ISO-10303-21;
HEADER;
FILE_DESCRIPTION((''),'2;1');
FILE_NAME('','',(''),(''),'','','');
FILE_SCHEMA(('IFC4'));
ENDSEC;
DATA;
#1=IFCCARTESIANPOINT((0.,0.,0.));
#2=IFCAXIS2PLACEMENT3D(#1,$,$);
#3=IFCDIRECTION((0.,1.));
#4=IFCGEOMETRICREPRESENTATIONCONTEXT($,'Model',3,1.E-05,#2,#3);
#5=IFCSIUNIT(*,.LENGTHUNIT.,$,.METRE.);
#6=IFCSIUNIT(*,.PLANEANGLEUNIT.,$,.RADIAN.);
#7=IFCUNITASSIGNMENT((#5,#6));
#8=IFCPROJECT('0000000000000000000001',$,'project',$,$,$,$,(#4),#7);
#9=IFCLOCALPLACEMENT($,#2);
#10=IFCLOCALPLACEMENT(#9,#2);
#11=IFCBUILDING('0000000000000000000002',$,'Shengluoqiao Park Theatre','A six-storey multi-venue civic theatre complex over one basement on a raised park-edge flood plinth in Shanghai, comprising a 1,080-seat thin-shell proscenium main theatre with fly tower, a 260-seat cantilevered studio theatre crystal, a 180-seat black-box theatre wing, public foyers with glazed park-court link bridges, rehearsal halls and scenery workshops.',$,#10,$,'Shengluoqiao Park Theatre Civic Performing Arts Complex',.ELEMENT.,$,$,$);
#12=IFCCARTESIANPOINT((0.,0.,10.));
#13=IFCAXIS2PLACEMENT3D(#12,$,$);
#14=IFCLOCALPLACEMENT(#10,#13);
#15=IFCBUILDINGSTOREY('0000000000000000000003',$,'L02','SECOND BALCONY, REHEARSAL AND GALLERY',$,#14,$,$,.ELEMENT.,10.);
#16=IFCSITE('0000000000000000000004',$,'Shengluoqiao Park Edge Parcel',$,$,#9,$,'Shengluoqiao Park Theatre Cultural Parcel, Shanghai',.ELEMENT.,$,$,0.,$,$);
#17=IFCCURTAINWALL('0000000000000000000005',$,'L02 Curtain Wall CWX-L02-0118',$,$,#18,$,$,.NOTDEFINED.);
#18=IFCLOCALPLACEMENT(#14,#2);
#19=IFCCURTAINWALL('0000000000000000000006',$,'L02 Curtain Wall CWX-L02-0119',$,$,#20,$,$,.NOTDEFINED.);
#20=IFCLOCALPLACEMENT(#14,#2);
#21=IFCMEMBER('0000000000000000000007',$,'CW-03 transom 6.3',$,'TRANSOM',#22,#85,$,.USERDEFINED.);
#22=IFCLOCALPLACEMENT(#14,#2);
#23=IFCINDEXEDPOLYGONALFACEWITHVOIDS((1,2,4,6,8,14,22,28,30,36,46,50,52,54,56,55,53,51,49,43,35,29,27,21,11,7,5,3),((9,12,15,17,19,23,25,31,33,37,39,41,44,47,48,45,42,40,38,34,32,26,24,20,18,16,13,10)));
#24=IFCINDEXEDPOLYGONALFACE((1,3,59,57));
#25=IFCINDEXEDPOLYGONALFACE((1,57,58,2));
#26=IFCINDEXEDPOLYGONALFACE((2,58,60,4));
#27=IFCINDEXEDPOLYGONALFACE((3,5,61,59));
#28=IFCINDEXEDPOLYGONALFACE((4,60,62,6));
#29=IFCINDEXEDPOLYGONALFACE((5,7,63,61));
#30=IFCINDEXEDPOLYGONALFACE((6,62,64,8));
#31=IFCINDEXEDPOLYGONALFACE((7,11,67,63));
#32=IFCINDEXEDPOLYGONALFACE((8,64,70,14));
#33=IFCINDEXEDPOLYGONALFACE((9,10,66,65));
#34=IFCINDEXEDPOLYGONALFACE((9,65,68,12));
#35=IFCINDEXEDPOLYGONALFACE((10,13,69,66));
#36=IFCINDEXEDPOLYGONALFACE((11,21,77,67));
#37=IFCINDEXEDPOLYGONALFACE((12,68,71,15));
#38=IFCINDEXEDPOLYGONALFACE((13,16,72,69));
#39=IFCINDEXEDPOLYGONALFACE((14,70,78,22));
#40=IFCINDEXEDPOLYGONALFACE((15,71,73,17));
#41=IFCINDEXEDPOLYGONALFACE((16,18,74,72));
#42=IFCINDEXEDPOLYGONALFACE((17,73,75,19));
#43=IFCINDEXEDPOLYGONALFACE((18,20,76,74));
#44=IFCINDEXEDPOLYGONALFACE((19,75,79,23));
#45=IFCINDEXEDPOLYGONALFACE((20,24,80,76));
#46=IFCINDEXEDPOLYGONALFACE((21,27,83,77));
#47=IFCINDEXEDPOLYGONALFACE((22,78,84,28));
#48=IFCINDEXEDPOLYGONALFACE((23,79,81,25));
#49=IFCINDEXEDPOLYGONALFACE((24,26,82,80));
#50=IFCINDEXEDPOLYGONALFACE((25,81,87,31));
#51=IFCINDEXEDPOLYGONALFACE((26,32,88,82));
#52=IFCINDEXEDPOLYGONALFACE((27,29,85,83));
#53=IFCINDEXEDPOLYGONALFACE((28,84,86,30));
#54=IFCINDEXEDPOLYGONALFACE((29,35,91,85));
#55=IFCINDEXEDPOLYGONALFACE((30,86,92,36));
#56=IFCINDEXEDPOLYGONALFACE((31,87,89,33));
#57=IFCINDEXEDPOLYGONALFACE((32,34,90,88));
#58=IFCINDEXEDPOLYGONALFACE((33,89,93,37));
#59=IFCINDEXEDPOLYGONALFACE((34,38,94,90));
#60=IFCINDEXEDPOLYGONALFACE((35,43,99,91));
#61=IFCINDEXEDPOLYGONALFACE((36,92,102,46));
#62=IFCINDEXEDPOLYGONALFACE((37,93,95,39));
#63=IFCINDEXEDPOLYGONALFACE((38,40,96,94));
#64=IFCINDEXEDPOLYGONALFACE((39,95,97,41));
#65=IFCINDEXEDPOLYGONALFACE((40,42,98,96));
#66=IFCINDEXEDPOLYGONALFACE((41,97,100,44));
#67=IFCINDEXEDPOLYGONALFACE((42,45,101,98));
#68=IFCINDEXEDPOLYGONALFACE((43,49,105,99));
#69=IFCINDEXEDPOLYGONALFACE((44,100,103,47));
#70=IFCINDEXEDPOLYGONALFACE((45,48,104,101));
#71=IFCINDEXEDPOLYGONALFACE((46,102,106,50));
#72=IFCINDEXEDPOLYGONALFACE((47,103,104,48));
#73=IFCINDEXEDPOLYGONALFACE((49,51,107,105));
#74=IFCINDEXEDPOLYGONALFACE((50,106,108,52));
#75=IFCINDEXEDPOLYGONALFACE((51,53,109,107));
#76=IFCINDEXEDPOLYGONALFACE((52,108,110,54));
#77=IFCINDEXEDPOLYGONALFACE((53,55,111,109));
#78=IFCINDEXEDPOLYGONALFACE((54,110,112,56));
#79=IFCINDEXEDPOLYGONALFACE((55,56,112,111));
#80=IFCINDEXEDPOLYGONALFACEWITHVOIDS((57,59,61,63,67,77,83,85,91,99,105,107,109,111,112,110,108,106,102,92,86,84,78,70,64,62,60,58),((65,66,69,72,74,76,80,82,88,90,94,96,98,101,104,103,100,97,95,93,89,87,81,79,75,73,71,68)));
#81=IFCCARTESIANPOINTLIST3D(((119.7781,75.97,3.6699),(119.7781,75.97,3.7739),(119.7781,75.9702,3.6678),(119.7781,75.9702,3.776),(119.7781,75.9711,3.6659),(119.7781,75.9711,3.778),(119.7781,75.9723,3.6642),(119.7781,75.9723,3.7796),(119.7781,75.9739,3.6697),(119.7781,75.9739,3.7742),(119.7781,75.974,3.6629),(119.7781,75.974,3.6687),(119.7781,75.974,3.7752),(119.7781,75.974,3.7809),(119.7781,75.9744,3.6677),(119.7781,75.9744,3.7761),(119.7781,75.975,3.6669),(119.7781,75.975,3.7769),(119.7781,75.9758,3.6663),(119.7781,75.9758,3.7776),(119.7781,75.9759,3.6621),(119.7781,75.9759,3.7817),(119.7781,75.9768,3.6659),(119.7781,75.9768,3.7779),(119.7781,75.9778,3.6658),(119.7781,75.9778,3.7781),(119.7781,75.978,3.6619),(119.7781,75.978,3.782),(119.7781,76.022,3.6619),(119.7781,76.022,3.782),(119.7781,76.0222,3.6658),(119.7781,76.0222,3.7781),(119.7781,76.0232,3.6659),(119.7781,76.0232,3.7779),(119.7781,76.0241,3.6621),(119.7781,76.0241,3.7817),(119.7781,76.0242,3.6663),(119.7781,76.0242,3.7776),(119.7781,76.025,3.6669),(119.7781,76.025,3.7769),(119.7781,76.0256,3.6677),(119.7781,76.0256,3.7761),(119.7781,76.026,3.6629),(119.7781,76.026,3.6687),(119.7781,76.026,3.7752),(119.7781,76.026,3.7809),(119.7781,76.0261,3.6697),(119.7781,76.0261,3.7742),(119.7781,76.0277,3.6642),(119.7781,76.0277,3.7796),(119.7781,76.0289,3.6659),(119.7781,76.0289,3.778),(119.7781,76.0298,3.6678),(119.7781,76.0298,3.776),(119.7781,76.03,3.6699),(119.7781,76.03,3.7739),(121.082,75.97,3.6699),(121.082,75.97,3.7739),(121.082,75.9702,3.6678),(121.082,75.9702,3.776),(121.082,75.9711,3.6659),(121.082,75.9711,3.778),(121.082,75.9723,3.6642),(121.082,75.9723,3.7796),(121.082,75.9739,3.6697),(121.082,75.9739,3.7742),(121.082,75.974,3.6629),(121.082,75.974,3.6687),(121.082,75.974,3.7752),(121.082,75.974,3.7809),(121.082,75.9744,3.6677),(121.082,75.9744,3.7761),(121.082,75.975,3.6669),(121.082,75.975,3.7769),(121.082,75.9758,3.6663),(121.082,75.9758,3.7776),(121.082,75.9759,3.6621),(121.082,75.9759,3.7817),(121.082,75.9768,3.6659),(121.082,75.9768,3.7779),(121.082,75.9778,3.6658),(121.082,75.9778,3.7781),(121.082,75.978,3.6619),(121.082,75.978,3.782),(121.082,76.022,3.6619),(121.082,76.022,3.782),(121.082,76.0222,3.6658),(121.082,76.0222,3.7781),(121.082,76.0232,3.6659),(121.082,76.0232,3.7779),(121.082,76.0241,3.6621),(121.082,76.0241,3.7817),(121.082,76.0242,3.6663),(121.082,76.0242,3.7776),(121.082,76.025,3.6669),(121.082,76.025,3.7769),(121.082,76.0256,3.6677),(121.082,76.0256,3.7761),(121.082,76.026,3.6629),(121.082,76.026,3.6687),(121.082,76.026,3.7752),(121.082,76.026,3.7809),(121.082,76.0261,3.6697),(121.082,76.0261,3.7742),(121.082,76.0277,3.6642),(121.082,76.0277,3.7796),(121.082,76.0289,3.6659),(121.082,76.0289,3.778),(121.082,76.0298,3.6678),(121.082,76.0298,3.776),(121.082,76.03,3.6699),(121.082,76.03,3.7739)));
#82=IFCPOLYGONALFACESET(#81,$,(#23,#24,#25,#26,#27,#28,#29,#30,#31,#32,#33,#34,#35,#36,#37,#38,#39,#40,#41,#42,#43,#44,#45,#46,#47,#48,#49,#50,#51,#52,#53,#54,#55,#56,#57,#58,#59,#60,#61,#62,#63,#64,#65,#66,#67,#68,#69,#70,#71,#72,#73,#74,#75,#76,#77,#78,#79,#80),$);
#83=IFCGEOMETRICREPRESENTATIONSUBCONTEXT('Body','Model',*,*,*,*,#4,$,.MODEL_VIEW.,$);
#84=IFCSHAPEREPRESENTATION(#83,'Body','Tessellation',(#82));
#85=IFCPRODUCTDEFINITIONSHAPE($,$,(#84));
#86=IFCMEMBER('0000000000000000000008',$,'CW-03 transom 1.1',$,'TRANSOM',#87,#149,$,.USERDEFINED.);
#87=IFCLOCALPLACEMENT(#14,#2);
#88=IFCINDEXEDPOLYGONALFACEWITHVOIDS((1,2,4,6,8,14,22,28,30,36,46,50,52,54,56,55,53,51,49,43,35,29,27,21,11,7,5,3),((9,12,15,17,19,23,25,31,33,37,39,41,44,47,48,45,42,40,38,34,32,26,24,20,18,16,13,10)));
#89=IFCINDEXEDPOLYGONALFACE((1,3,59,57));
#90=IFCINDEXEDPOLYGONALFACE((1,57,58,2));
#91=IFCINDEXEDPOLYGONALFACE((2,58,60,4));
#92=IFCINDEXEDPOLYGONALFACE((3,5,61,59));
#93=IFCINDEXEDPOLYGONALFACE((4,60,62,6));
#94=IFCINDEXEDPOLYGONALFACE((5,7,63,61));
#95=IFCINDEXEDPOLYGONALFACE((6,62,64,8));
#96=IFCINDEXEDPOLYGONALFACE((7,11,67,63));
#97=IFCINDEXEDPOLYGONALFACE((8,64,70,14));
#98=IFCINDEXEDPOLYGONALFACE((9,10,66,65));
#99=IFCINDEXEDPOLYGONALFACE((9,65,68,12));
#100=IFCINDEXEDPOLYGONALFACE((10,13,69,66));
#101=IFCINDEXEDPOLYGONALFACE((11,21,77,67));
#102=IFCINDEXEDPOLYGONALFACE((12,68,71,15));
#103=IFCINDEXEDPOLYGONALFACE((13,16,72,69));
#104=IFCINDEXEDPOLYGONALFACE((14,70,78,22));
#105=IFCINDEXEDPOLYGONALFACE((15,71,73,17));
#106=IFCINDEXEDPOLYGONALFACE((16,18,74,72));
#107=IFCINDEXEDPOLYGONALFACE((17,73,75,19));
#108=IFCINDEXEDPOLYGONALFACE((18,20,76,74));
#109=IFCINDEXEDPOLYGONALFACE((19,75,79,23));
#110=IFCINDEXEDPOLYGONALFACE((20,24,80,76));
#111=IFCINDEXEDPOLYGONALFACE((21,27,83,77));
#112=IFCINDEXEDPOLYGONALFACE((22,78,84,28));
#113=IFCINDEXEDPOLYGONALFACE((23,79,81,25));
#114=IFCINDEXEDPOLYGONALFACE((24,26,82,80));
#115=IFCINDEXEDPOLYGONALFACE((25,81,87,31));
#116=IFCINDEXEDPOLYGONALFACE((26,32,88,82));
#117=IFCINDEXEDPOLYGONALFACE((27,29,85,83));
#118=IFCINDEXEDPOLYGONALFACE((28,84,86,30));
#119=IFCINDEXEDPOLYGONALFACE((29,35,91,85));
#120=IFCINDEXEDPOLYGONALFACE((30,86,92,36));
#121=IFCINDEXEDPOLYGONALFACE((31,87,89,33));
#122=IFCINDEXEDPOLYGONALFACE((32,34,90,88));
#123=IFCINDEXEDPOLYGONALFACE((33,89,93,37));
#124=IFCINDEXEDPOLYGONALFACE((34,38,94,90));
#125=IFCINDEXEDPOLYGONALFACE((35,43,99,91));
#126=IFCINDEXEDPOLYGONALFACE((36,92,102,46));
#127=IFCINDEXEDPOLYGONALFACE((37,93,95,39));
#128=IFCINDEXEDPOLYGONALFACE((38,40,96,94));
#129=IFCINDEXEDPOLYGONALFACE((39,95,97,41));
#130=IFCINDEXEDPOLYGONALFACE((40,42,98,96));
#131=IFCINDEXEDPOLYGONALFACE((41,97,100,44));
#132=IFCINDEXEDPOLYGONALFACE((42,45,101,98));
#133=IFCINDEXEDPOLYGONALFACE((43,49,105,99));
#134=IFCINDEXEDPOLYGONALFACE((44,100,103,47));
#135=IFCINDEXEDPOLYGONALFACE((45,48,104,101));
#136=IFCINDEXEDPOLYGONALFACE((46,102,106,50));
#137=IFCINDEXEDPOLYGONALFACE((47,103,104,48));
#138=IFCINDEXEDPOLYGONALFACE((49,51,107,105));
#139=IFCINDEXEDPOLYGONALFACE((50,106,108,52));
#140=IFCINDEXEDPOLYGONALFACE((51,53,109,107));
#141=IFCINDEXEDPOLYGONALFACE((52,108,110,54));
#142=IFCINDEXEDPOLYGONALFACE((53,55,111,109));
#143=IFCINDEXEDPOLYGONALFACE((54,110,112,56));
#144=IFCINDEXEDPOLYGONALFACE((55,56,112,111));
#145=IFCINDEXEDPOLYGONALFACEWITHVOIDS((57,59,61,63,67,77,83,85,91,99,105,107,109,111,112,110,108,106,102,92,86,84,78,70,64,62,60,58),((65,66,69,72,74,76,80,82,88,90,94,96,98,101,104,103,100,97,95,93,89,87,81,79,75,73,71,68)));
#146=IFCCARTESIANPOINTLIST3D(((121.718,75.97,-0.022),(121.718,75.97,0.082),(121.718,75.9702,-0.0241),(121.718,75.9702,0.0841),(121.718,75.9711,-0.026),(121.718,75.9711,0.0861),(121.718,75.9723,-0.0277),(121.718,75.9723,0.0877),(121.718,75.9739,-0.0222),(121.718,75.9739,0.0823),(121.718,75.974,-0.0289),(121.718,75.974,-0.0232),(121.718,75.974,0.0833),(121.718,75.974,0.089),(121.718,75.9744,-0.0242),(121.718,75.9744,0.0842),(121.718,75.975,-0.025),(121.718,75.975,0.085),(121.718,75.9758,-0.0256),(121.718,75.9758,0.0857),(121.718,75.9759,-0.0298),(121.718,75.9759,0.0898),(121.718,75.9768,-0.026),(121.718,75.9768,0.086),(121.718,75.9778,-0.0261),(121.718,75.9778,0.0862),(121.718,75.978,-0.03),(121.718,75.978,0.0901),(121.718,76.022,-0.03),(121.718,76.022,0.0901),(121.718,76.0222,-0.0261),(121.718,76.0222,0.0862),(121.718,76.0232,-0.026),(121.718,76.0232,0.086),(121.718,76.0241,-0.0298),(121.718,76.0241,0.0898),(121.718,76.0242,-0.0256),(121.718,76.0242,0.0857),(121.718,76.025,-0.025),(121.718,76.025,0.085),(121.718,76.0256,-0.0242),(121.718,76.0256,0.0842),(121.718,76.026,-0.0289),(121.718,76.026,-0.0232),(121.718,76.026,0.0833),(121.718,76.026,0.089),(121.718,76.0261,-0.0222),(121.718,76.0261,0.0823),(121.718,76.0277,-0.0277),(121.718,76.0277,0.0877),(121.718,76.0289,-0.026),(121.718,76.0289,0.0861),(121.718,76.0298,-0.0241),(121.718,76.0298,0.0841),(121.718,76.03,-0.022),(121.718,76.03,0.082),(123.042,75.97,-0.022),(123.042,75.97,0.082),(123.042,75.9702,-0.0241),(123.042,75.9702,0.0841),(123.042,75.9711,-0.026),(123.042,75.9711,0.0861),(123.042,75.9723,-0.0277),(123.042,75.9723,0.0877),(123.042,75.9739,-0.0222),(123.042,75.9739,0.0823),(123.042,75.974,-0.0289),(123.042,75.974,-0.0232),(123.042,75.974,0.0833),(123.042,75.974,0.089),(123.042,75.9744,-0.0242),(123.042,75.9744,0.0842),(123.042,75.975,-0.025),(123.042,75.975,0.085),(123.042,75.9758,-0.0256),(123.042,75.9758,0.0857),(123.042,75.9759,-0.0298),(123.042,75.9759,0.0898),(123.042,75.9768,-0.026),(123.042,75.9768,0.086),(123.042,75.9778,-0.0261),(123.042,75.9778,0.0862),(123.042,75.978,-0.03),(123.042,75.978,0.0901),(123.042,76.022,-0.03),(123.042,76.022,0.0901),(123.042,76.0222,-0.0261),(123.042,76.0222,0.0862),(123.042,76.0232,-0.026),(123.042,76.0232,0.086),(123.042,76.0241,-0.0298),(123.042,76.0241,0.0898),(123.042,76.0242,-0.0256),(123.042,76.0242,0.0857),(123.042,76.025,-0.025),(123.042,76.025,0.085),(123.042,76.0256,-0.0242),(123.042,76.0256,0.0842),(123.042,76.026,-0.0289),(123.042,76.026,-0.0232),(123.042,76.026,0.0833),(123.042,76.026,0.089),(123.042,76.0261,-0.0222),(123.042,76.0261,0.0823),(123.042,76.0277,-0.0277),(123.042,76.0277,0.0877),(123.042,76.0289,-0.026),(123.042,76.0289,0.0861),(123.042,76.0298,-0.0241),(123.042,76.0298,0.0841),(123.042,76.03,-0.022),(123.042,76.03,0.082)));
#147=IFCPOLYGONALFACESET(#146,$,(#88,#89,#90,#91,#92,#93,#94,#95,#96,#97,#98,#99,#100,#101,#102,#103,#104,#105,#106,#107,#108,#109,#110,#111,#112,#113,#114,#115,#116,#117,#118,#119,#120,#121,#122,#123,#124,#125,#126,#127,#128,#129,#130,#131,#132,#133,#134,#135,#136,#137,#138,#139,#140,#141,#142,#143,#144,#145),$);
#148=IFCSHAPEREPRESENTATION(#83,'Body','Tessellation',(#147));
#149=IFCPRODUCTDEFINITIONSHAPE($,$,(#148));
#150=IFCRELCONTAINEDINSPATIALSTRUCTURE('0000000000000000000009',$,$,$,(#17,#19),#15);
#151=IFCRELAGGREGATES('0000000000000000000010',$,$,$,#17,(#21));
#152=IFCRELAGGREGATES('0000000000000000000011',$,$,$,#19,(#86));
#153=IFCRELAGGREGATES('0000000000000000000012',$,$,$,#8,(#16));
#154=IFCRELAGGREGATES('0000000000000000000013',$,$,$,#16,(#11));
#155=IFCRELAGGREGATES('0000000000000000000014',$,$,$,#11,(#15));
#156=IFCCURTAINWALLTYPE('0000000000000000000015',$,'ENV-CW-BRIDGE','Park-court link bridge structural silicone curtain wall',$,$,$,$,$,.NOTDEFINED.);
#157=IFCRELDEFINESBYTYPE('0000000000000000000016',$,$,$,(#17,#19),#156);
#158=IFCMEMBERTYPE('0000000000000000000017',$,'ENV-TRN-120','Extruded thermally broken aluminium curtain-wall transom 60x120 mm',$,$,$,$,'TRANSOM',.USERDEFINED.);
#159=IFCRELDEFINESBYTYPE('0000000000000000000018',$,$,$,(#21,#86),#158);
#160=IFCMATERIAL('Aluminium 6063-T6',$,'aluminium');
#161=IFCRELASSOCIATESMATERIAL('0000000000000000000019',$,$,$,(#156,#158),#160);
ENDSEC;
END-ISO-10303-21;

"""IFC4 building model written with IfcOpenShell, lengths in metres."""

from ifc_helpers import new_model, si_unit, direction, frame, origin, origin_2d, place, context, subcontext, project, spatial, hollow_rectangle, extrude, material, material_profile, profile_set, type_object, element, aggregate, save


model = new_model("IFC4")

# Units and contexts
model_context = context("Model", 3, precision=1e-05, world=origin(), true_north=direction((0.0, 1.0)))
body_context = subcontext(model_context, "Body", "Model", "MODEL_VIEW")
ifc_project = project(units=[si_unit("LENGTHUNIT", "METRE"), si_unit("PLANEANGLEUNIT", "RADIAN")], contexts=[model_context])

# Site, building, storey
site_placement = place(None, origin())
site = spatial("IfcSite", under=ifc_project, at=site_placement, Name="Shengluoqiao Park Edge Parcel", LongName="Shengluoqiao Park Theatre Cultural Parcel, Shanghai", CompositionType="ELEMENT", RefElevation=0.0)
building_placement = place(site_placement, origin())
building = spatial("IfcBuilding", under=site, at=building_placement, Name="Shengluoqiao Park Theatre", Description="A six-storey multi-venue civic theatre complex over one basement on a raised park-edge flood plinth in Shanghai, comprising a 1,080-seat thin-shell proscenium main theatre with fly tower, a 260-seat cantilevered studio theatre crystal, a 180-seat black-box theatre wing, public foyers with glazed park-court link bridges, rehearsal halls and scenery workshops.", LongName="Shengluoqiao Park Theatre Civic Performing Arts Complex", CompositionType="ELEMENT")
storey_placement = place(building_placement, frame((0.0, 0.0, 10.0)))
storey = spatial("IfcBuildingStorey", under=building, at=storey_placement, Name="L02", Description="SECOND BALCONY, REHEARSAL AND GALLERY", CompositionType="ELEMENT", Elevation=10.0)

# Curtain wall
ifc_material_1 = material(Name="Aluminium 6063-T6", Category="aluminium")
curtain_wall_type = type_object("IfcCurtainWallType", Name="ENV-CW-BRIDGE", Description="Park-court link bridge structural silicone curtain wall", PredefinedType="NOTDEFINED", material=ifc_material_1)
curtain_wall_1_placement = place(storey_placement, origin())
curtain_wall_1 = element("IfcCurtainWall", 1, at=curtain_wall_1_placement, inside=storey, type_object=curtain_wall_type, Name="L02 Curtain Wall CWX-L02-0118", PredefinedType="NOTDEFINED")

# Curtain wall
curtain_wall_2_placement = place(storey_placement, origin())
curtain_wall_2 = element("IfcCurtainWall", 2, at=curtain_wall_2_placement, inside=storey, type_object=curtain_wall_type, Name="L02 Curtain Wall CWX-L02-0119", PredefinedType="NOTDEFINED")

# Members
ifc_material_profile_1 = material_profile(ifc_material_1, hollow_rectangle(XDim=0.0601, YDim=0.1201, WallThickness=0.0039, InnerFilletRadius=0.0039, OuterFilletRadius=0.0081, at=origin_2d()), Name="ALU TRANSOM 120x60x4")
ifc_profile_set_1 = profile_set([ifc_material_profile_1], Name="Aluminium 6063-T6")
member_type_1 = type_object("IfcMemberType", Name="ENV-TRN-120", Description="Extruded thermally broken aluminium curtain-wall transom 60x120 mm", ElementType="TRANSOM", PredefinedType="USERDEFINED", material=ifc_profile_set_1)
member_1_placement = place(storey_placement, frame((119.7781, 76.0, 3.7219), z_axis=(1.0, 0.0, 0.0), x_axis=(0.0, 1.0, 0.0)))
member_1 = element("IfcMember", 3, at=member_1_placement, type_object=member_type_1, Name="CW-03 transom 6.3", ObjectType="TRANSOM", PredefinedType="USERDEFINED", context=body_context, shape_type="SweptSolid", body=[
    extrude(hollow_rectangle(XDim=0.0601, YDim=0.1201, WallThickness=0.0039, InnerFilletRadius=0.0039, OuterFilletRadius=0.0081, at=origin_2d()), origin(), (0.0, 0.0, 1.0), 1.304),
])
member_2_placement = place(storey_placement, frame((121.718, 76.0, 0.03), z_axis=(1.0, 0.0, 0.0), x_axis=(0.0, 1.0, 0.0)))
member_2 = element("IfcMember", 4, at=member_2_placement, type_object=member_type_1, Name="CW-03 transom 1.1", ObjectType="TRANSOM", PredefinedType="USERDEFINED", context=body_context, shape_type="SweptSolid", body=[
    extrude(hollow_rectangle(XDim=0.0601, YDim=0.1201, WallThickness=0.0039, InnerFilletRadius=0.0039, OuterFilletRadius=0.0081, at=origin_2d()), origin(), (0.0, 0.0, 1.0), 1.324),
])

aggregate(curtain_wall_1, [member_1])
aggregate(curtain_wall_2, [member_2])

save(model, "model.ifc")
